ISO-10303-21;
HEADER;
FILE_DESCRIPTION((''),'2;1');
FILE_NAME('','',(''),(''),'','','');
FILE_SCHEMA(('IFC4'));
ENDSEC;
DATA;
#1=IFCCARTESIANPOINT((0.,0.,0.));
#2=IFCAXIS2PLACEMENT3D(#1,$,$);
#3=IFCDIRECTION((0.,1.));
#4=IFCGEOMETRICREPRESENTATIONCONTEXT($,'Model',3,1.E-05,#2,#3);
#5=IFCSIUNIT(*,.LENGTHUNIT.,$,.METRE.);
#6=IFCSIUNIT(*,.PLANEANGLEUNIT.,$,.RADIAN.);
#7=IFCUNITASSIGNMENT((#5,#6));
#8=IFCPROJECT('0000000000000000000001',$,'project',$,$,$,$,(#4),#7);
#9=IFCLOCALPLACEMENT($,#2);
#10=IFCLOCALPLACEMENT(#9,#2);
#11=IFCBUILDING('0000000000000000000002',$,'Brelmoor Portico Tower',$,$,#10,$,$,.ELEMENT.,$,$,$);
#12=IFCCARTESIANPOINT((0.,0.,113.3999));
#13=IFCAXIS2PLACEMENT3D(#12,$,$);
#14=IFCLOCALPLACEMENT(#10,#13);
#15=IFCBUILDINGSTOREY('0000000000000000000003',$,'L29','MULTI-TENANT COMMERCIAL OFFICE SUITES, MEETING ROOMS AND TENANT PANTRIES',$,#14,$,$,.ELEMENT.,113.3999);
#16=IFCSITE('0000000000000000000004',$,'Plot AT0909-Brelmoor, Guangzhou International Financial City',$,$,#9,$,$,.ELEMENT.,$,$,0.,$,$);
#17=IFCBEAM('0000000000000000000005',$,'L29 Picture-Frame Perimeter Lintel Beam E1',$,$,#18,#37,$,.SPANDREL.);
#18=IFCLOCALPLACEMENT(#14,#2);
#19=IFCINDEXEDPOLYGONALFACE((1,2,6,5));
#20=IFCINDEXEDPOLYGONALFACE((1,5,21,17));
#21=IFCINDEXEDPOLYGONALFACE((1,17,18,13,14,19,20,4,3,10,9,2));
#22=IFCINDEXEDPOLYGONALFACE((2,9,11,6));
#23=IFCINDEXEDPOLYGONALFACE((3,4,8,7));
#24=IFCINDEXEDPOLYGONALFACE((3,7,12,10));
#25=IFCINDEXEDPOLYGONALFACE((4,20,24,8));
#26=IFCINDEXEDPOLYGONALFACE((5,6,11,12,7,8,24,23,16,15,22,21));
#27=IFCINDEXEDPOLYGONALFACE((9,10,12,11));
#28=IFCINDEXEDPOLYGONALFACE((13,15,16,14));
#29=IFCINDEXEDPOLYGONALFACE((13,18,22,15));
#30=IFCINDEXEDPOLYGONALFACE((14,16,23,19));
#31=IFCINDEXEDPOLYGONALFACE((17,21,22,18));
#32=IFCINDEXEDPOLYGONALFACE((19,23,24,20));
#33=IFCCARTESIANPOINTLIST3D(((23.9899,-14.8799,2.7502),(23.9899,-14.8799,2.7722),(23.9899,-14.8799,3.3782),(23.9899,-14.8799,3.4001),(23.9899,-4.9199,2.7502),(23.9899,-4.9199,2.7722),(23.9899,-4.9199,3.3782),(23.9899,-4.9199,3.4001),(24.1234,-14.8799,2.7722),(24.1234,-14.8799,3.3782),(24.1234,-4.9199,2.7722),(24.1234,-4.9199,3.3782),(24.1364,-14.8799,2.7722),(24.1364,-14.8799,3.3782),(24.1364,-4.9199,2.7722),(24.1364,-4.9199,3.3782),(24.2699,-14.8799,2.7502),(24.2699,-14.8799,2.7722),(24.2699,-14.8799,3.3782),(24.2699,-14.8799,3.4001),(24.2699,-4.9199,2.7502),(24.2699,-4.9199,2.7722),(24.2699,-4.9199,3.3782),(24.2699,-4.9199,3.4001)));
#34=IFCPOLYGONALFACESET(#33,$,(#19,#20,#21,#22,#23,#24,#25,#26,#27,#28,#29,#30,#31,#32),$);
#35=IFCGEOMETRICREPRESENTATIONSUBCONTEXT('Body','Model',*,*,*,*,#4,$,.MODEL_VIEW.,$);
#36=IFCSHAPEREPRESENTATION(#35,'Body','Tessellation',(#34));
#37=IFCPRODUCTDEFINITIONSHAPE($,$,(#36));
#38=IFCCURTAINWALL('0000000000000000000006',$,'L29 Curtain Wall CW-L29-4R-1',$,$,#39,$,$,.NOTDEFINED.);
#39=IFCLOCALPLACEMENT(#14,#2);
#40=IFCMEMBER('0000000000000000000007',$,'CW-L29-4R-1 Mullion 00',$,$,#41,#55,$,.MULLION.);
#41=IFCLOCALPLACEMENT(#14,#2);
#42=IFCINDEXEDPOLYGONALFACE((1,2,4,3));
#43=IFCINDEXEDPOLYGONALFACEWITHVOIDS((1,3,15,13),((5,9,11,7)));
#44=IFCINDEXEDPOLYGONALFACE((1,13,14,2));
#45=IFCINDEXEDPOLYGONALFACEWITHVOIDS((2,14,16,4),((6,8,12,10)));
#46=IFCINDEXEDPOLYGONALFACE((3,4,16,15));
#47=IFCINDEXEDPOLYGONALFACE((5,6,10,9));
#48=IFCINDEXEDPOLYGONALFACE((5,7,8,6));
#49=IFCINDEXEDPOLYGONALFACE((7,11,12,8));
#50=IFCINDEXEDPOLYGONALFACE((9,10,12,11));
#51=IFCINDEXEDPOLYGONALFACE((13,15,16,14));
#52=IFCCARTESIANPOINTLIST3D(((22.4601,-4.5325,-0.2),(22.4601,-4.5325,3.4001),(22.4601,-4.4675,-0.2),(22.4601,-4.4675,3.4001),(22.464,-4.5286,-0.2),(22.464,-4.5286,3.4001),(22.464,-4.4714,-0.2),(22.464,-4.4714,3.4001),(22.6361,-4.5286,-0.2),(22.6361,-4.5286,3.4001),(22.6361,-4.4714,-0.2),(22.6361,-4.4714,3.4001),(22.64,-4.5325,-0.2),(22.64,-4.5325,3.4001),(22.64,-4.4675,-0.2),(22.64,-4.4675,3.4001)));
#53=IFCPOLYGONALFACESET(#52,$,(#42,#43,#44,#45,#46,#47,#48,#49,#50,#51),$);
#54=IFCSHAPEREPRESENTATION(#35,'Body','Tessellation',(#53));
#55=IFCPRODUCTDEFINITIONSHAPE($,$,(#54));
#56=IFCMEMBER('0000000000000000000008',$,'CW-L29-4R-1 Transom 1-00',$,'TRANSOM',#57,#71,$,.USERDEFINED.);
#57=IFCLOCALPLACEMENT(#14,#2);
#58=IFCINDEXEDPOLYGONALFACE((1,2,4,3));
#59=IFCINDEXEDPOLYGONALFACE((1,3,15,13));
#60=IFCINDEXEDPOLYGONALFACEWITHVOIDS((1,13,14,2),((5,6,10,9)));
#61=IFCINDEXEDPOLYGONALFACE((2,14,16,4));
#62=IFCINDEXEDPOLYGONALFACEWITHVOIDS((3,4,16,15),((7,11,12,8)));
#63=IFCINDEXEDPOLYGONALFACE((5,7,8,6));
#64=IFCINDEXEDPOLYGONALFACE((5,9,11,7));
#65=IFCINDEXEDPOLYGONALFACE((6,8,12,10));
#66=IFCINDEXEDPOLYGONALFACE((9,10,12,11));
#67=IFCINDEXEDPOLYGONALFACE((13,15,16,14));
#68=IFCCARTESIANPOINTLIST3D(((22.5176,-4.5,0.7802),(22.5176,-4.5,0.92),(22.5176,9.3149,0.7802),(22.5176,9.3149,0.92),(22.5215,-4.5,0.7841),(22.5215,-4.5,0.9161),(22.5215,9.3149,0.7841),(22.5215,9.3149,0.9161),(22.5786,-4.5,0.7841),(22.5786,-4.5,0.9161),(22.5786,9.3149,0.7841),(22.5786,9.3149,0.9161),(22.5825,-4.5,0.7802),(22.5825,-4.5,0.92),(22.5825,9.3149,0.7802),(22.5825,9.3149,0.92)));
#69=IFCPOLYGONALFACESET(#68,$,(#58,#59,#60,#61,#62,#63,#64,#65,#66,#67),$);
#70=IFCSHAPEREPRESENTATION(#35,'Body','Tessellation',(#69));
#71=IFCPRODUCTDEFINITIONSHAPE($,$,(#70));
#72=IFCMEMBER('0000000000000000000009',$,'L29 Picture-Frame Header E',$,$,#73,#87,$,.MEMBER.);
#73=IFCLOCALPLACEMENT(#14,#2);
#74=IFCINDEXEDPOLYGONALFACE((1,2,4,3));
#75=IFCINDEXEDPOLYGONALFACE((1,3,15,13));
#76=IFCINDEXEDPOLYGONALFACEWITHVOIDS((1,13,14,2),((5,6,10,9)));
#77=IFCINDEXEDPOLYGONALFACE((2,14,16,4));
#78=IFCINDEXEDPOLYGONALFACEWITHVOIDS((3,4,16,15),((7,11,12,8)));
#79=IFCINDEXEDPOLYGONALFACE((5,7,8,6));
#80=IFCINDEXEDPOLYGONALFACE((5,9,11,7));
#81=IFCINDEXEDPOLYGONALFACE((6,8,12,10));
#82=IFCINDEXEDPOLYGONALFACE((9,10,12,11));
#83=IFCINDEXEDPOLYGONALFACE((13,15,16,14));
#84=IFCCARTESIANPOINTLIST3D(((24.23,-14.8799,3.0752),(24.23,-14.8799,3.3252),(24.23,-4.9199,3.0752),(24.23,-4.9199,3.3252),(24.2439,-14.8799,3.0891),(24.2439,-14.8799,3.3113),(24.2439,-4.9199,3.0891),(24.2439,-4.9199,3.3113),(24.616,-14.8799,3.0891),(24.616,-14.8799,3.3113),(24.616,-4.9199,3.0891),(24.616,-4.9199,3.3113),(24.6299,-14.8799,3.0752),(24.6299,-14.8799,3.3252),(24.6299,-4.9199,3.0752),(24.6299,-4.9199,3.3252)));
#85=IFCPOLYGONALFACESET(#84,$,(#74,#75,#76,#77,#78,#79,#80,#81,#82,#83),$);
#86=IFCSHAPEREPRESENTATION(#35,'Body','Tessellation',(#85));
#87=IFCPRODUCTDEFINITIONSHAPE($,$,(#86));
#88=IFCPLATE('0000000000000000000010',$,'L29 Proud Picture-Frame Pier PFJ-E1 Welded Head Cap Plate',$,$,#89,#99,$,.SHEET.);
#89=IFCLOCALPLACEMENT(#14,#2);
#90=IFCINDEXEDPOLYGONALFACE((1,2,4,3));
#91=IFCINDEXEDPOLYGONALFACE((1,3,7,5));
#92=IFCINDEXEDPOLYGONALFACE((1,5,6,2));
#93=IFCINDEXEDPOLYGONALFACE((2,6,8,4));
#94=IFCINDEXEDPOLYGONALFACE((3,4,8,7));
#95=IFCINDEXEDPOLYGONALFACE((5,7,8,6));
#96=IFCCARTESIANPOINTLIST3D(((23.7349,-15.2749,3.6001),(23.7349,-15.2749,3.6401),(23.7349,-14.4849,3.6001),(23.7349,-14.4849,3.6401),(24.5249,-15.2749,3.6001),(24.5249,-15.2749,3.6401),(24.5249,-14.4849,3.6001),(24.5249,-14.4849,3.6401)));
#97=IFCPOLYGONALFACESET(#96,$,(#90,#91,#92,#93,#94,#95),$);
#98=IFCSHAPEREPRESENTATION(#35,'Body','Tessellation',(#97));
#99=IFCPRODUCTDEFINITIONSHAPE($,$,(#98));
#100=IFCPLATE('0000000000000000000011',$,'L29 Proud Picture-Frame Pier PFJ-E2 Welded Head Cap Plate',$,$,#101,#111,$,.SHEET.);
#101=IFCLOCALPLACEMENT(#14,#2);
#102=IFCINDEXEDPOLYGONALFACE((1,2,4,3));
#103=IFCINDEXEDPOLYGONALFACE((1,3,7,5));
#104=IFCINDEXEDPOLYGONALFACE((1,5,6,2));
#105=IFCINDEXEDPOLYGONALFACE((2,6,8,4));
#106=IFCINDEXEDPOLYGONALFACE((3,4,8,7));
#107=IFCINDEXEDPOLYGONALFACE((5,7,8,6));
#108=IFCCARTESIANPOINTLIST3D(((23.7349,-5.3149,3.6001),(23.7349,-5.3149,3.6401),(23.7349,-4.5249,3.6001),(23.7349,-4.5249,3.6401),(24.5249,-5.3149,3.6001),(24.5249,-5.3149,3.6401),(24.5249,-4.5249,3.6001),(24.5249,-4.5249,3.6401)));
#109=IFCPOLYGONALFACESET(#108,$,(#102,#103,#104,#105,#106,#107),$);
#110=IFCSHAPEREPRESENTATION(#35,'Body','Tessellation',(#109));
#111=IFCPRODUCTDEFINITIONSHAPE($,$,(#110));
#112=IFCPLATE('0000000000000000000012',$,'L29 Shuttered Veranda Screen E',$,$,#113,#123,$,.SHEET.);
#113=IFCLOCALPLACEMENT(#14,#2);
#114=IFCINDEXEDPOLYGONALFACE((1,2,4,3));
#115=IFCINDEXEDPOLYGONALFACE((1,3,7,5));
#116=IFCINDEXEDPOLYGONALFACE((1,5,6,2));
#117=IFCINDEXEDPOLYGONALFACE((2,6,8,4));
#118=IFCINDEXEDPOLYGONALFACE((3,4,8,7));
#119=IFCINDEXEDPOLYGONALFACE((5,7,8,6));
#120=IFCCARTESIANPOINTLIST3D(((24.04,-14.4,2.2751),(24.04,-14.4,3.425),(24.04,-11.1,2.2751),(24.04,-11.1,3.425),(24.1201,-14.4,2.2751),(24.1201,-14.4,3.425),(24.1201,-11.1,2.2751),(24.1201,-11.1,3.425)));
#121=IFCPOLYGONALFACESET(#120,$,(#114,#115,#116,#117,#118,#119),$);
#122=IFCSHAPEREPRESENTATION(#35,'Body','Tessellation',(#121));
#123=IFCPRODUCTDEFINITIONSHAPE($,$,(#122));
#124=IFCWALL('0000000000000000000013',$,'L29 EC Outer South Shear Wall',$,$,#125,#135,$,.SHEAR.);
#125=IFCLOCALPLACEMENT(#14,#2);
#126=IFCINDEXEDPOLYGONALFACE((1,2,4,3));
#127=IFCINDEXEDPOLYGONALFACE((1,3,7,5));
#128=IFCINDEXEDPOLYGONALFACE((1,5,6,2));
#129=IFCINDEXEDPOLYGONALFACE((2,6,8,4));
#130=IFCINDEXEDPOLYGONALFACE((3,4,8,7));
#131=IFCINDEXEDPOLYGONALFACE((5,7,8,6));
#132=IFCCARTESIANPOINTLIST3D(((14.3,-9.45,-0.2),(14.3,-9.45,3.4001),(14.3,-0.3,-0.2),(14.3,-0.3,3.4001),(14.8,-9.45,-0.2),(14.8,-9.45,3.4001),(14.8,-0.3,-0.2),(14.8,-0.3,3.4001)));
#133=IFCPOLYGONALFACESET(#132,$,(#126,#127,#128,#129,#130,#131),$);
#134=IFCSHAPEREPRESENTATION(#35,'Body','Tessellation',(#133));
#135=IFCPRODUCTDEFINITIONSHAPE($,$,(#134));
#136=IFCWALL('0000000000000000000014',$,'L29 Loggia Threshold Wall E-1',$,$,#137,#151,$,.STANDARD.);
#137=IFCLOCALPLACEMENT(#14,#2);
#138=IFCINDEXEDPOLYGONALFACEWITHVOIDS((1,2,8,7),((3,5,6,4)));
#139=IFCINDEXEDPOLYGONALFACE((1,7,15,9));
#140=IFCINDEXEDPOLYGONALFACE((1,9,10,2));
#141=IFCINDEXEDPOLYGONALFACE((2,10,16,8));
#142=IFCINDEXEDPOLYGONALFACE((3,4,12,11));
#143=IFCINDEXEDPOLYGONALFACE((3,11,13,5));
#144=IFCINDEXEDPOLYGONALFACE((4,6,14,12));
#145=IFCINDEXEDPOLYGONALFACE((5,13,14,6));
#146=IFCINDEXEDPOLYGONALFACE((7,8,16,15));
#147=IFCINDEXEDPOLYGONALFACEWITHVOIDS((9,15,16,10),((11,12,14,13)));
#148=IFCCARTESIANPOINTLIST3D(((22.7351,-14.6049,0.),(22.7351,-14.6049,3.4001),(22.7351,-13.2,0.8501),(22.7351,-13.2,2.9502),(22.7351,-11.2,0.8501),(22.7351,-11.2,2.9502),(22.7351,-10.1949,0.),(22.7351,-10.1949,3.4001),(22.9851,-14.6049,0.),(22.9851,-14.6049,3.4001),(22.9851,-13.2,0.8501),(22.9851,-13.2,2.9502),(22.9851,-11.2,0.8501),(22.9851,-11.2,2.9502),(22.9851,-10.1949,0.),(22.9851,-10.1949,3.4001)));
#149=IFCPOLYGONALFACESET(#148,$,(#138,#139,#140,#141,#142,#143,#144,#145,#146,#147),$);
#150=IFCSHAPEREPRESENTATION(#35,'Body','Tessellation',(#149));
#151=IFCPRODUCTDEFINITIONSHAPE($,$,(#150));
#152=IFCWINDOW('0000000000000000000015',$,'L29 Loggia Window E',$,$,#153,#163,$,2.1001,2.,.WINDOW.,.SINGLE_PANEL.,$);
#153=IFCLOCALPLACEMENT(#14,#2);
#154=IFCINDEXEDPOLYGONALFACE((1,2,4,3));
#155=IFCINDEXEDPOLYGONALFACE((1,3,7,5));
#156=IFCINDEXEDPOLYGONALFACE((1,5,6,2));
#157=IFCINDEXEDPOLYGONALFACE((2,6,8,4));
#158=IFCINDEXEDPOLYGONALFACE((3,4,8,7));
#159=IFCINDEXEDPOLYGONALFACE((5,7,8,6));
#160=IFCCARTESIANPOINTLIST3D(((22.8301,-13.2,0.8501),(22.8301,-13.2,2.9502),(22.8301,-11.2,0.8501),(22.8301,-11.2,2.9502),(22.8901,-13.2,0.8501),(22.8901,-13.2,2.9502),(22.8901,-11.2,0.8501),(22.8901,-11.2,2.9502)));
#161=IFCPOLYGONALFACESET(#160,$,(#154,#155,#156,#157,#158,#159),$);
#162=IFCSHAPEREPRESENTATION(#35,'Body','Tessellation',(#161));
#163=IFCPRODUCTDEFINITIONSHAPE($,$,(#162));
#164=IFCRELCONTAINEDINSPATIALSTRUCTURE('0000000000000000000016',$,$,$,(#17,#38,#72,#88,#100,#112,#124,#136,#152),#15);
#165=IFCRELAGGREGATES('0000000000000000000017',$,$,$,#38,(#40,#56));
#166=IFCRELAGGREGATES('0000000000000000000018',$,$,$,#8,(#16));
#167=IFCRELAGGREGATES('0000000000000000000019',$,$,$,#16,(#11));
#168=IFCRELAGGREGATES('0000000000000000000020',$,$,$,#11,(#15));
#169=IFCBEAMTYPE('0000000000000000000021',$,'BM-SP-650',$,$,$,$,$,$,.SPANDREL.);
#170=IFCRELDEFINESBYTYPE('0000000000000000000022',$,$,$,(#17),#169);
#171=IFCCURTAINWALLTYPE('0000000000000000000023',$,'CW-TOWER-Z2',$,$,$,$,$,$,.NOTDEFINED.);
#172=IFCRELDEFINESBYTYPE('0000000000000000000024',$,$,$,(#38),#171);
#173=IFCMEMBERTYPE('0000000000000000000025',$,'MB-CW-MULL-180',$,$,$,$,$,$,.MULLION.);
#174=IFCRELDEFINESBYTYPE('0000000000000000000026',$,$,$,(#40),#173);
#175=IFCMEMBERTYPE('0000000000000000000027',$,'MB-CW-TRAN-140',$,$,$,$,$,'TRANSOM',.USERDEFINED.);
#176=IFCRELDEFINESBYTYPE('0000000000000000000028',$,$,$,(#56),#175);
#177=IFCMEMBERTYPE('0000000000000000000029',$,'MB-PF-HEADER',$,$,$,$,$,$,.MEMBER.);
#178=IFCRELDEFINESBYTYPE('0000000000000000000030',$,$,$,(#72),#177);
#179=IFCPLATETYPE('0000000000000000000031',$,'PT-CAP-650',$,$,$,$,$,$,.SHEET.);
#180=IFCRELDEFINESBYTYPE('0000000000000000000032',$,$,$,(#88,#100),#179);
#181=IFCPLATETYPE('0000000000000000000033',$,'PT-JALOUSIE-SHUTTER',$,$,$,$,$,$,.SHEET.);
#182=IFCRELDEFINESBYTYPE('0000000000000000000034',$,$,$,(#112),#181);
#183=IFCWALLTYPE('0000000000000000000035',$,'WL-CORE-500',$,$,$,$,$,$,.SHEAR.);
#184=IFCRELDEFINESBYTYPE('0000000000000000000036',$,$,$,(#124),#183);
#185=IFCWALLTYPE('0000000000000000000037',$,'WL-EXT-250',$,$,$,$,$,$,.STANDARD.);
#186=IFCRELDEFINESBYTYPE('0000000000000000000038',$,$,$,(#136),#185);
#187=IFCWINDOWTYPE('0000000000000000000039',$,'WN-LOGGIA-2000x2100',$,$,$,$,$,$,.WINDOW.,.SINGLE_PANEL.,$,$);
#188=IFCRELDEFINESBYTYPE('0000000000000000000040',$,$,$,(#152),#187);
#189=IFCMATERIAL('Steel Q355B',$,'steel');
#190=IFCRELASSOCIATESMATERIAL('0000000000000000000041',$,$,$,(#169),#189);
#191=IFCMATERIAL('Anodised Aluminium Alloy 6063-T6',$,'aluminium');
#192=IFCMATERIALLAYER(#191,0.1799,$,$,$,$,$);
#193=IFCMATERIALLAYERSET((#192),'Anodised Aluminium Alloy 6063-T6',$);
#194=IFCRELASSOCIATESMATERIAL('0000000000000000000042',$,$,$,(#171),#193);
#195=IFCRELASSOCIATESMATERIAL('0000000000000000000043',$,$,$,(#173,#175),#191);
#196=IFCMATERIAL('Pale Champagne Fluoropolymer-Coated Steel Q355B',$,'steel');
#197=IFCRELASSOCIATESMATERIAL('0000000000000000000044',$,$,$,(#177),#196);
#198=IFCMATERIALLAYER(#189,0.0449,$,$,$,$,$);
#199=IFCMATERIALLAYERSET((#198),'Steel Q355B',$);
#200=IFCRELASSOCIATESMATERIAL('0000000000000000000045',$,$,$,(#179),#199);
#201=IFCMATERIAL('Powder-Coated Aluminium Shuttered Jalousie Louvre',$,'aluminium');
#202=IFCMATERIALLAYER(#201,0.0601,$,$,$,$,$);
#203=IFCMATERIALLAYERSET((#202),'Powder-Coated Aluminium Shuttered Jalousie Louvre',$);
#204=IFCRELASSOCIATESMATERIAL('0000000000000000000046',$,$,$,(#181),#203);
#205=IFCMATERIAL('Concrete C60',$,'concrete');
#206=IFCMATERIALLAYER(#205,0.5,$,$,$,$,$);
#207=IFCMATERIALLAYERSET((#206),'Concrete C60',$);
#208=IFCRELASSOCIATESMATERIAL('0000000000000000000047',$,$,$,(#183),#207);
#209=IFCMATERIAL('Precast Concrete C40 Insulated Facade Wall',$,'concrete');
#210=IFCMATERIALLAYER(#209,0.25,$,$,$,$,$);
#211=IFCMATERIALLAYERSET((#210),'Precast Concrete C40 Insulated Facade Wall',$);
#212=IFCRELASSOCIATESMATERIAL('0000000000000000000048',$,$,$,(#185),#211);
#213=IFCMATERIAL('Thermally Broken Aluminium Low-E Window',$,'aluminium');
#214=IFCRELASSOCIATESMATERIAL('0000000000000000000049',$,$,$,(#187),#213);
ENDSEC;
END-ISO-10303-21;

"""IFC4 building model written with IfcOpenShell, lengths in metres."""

from ifc_helpers import new_model, si_unit, direction, frame, frame_2d, origin, origin_2d, place, context, subcontext, project, spatial, rectangle, hollow_rectangle, i_section, extrude, material, layer, layer_set, material_profile, profile_set, type_object, element, fill, aggregate, save


model = new_model("IFC4")

# Units and contexts
model_context = context("Model", 3, precision=1e-05, world=origin(), true_north=direction((0.0, 1.0)))
body_context = subcontext(model_context, "Body", "Model", "MODEL_VIEW")
ifc_project = project(units=[si_unit("LENGTHUNIT", "METRE"), si_unit("PLANEANGLEUNIT", "RADIAN")], contexts=[model_context])

# Site, building, storey
site_placement = place(None, origin())
site = spatial("IfcSite", under=ifc_project, at=site_placement, Name="Plot AT0909-Brelmoor, Guangzhou International Financial City", CompositionType="ELEMENT", RefElevation=0.0)
building_placement = place(site_placement, origin())
building = spatial("IfcBuilding", under=site, at=building_placement, Name="Brelmoor Portico Tower", CompositionType="ELEMENT")
storey_placement = place(building_placement, frame((0.0, 0.0, 113.3999)))
storey = spatial("IfcBuildingStorey", under=building, at=storey_placement, Name="L29", Description="MULTI-TENANT COMMERCIAL OFFICE SUITES, MEETING ROOMS AND TENANT PANTRIES", CompositionType="ELEMENT", Elevation=113.3999)

# Shared definitions
ifc_material_1 = material(Name="Steel Q355B", Category="steel")

# Beam
ifc_material_profile_1 = material_profile(ifc_material_1, i_section(OverallWidth=0.28, OverallDepth=0.6499, WebThickness=0.0129, FlangeThickness=0.022, at=origin_2d()), Name="HN 650x280x13x22")
ifc_profile_set_1 = profile_set([ifc_material_profile_1], Name="Steel Q355B")
beam_type_1 = type_object("IfcBeamType", Name="BM-SP-650", PredefinedType="SPANDREL", material=ifc_profile_set_1)
beam_1_placement = place(storey_placement, frame((24.1299, -14.8799, 3.0752), z_axis=(0.0, 1.0, 0.0), x_axis=(-1.0, 0.0, 0.0)))
element("IfcBeam", 1, at=beam_1_placement, inside=storey, type_object=beam_type_1, Name="L29 Picture-Frame Perimeter Lintel Beam E1", PredefinedType="SPANDREL", context=body_context, shape_type="SweptSolid", body=[
    extrude(i_section(OverallWidth=0.28, OverallDepth=0.6499, WebThickness=0.0129, FlangeThickness=0.022, at=origin_2d()), origin(), (0.0, 0.0, 1.0), 9.96),
])

# Curtain wall, members
ifc_material_2 = material(Name="Anodised Aluminium Alloy 6063-T6", Category="aluminium")
ifc_layer_1 = layer(ifc_material_2, 0.1799)
ifc_layer_set_1 = layer_set([ifc_layer_1], Name="Anodised Aluminium Alloy 6063-T6")
curtain_wall_type = type_object("IfcCurtainWallType", Name="CW-TOWER-Z2", PredefinedType="NOTDEFINED", material=ifc_layer_set_1)
curtain_wall_placement = place(storey_placement, origin())
curtain_wall = element("IfcCurtainWall", 2, at=curtain_wall_placement, inside=storey, type_object=curtain_wall_type, Name="L29 Curtain Wall CW-L29-4R-1", PredefinedType="NOTDEFINED")
ifc_material_profile_2 = material_profile(ifc_material_2, hollow_rectangle(XDim=0.0649, YDim=0.1799, WallThickness=0.0039, at=origin_2d()), Name="ALU MULLION 65x180")
ifc_profile_set_2 = profile_set([ifc_material_profile_2], Name="Anodised Aluminium Alloy 6063-T6")
member_type_1 = type_object("IfcMemberType", Name="MB-CW-MULL-180", PredefinedType="MULLION", material=ifc_profile_set_2)
member_1_placement = place(storey_placement, frame((22.55, -4.5, -0.2), z_axis=(0.0, 0.0, 1.0), x_axis=(0.0, 1.0, 0.0)))
member_1 = element("IfcMember", 3, at=member_1_placement, type_object=member_type_1, Name="CW-L29-4R-1 Mullion 00", PredefinedType="MULLION", context=body_context, shape_type="SweptSolid", body=[
    extrude(hollow_rectangle(XDim=0.0649, YDim=0.1799, WallThickness=0.0039, at=origin_2d()), origin(), (0.0, 0.0, 1.0), 3.6001),
])
ifc_material_profile_3 = material_profile(ifc_material_2, hollow_rectangle(XDim=0.0649, YDim=0.1399, WallThickness=0.0039, at=origin_2d()), Name="ALU TRANSOM 65x140")
ifc_profile_set_3 = profile_set([ifc_material_profile_3], Name="Anodised Aluminium Alloy 6063-T6")
member_type_2 = type_object("IfcMemberType", Name="MB-CW-TRAN-140", ElementType="TRANSOM", PredefinedType="USERDEFINED", material=ifc_profile_set_3)
member_2_placement = place(storey_placement, frame((22.55, -4.5, 0.8501), z_axis=(0.0, 1.0, 0.0), x_axis=(-1.0, 0.0, 0.0)))
member_2 = element("IfcMember", 4, at=member_2_placement, type_object=member_type_2, Name="CW-L29-4R-1 Transom 1-00", ObjectType="TRANSOM", PredefinedType="USERDEFINED", context=body_context, shape_type="SweptSolid", body=[
    extrude(hollow_rectangle(XDim=0.0649, YDim=0.1399, WallThickness=0.0039, at=origin_2d()), origin(), (0.0, 0.0, 1.0), 13.8149),
])
aggregate(curtain_wall, [member_1, member_2])

# Member
ifc_material_3 = material(Name="Pale Champagne Fluoropolymer-Coated Steel Q355B", Category="steel")
ifc_material_profile_4 = material_profile(ifc_material_3, hollow_rectangle(XDim=0.25, YDim=0.3999, WallThickness=0.0139, at=origin_2d()), Name="RHS 250x400x14")
ifc_profile_set_4 = profile_set([ifc_material_profile_4], Name="Pale Champagne Fluoropolymer-Coated Steel Q355B")
member_type_3 = type_object("IfcMemberType", Name="MB-PF-HEADER", PredefinedType="MEMBER", material=ifc_profile_set_4)
member_3_placement = place(storey_placement, frame((24.4299, -14.8799, 3.2002), z_axis=(0.0, 1.0, 0.0), x_axis=(0.0, 0.0, 1.0)))
element("IfcMember", 5, at=member_3_placement, inside=storey, type_object=member_type_3, Name="L29 Picture-Frame Header E", PredefinedType="MEMBER", context=body_context, shape_type="SweptSolid", body=[
    extrude(hollow_rectangle(XDim=0.25, YDim=0.3999, WallThickness=0.0139, at=origin_2d()), origin(), (0.0, 0.0, 1.0), 9.96),
])

# Plates
ifc_layer_2 = layer(ifc_material_1, 0.0449)
ifc_layer_set_2 = layer_set([ifc_layer_2], Name="Steel Q355B")
plate_type_1 = type_object("IfcPlateType", Name="PT-CAP-650", PredefinedType="SHEET", material=ifc_layer_set_2)
for number, where, z_axis, x_axis, name in (
    (6, (24.1299, -14.8799, 3.6001), (0.0, 0.0, 1.0), (0.0, 1.0, 0.0), "L29 Proud Picture-Frame Pier PFJ-E1 Welded Head Cap Plate"),
    (7, (24.1299, -4.9199, 3.6001), (0.0, 0.0, 1.0), (0.0, 1.0, 0.0), "L29 Proud Picture-Frame Pier PFJ-E2 Welded Head Cap Plate"),
):
    element("IfcPlate", number, at=place(storey_placement, frame(where, z_axis=z_axis, x_axis=x_axis)), inside=storey, type_object=plate_type_1, Name=name, PredefinedType="SHEET", context=body_context, shape_type="SweptSolid", body=[
        extrude(rectangle(XDim=0.79, YDim=0.79, at=origin_2d()), origin(), (0.0, 0.0, 1.0), 0.04),
    ])
ifc_material_4 = material(Name="Powder-Coated Aluminium Shuttered Jalousie Louvre", Category="aluminium")
ifc_layer_3 = layer(ifc_material_4, 0.0601)
ifc_layer_set_3 = layer_set([ifc_layer_3], Name="Powder-Coated Aluminium Shuttered Jalousie Louvre")
plate_type_2 = type_object("IfcPlateType", Name="PT-JALOUSIE-SHUTTER", PredefinedType="SHEET", material=ifc_layer_set_3)
plate_placement = place(storey_placement, frame((24.0801, -12.75, 2.2751), z_axis=(0.0, 0.0, 1.0), x_axis=(0.0, 1.0, 0.0)))
element("IfcPlate", 8, at=plate_placement, inside=storey, type_object=plate_type_2, Name="L29 Shuttered Veranda Screen E", PredefinedType="SHEET", context=body_context, shape_type="SweptSolid", body=[
    extrude(rectangle(XDim=3.3, YDim=0.0801, at=origin_2d()), origin(), (0.0, 0.0, 1.0), 1.1499),
])

# Wall
ifc_material_5 = material(Name="Concrete C60", Category="concrete")
ifc_layer_4 = layer(ifc_material_5, 0.5)
ifc_layer_set_4 = layer_set([ifc_layer_4], Name="Concrete C60")
wall_type_1 = type_object("IfcWallType", Name="WL-CORE-500", PredefinedType="SHEAR", material=ifc_layer_set_4)
wall_1_placement = place(storey_placement, frame((14.55, -9.45, -0.2), z_axis=(0.0, 0.0, 1.0), x_axis=(0.0, 1.0, 0.0)))
element("IfcWall", 9, at=wall_1_placement, inside=storey, type_object=wall_type_1, Name="L29 EC Outer South Shear Wall", PredefinedType="SHEAR", context=body_context, shape_type="SweptSolid", body=[
    extrude(rectangle(XDim=9.1499, YDim=0.5, at=frame_2d((4.575, 0.0))), origin(), (0.0, 0.0, 1.0), 3.6001),
])

# Wall, opening, window
ifc_material_6 = material(Name="Precast Concrete C40 Insulated Facade Wall", Category="concrete")
ifc_layer_5 = layer(ifc_material_6, 0.25)
ifc_layer_set_5 = layer_set([ifc_layer_5], Name="Precast Concrete C40 Insulated Facade Wall")
wall_type_2 = type_object("IfcWallType", Name="WL-EXT-250", PredefinedType="STANDARD", material=ifc_layer_set_5)
wall_2_placement = place(storey_placement, frame((22.8601, -14.605, 0.0), z_axis=(0.0, 0.0, 1.0), x_axis=(0.0, 1.0, 0.0)))
wall_2 = element("IfcWall", 10, at=wall_2_placement, inside=storey, type_object=wall_type_2, Name="L29 Loggia Threshold Wall E-1", PredefinedType="STANDARD", context=body_context, shape_type="SweptSolid", body=[
    extrude(rectangle(XDim=4.4099, YDim=0.25, at=frame_2d((2.2051, 0.0))), origin(), (0.0, 0.0, 1.0), 3.4001),
])
opening_1_placement = place(wall_2_placement, frame((1.405, 0.0, 0.8501)))
opening_1 = element("IfcOpeningElement", 11, at=opening_1_placement, cuts=wall_2, PredefinedType="OPENING", context=body_context, shape_type="SweptSolid", body=[
    extrude(rectangle(XDim=2.0, YDim=2.1001, at=frame_2d((1.0, 1.05))), frame((0.0, 0.135, 0.0), z_axis=(0.0, -1.0, 0.0), x_axis=(1.0, 0.0, 0.0)), (0.0, 0.0, 1.0), 0.27),
])
ifc_material_7 = material(Name="Thermally Broken Aluminium Low-E Window", Category="aluminium")
window_type = type_object("IfcWindowType", Name="WN-LOGGIA-2000x2100", PartitioningType="SINGLE_PANEL", PredefinedType="WINDOW", material=ifc_material_7)
window_placement = place(opening_1_placement, origin())
window = element("IfcWindow", 12, at=window_placement, inside=storey, type_object=window_type, Name="L29 Loggia Window E", OverallHeight=2.1001, OverallWidth=2.0, PartitioningType="SINGLE_PANEL", PredefinedType="WINDOW", context=body_context, shape_type="SweptSolid", body=[
    extrude(rectangle(XDim=2.0, YDim=2.1001, at=frame_2d((1.0, 1.05))), frame((0.0, 0.03, 0.0), z_axis=(0.0, -1.0, 0.0), x_axis=(1.0, 0.0, 0.0)), (0.0, 0.0, 1.0), 0.0601),
])
fill(opening_1, window)

save(model, "model.ifc")
